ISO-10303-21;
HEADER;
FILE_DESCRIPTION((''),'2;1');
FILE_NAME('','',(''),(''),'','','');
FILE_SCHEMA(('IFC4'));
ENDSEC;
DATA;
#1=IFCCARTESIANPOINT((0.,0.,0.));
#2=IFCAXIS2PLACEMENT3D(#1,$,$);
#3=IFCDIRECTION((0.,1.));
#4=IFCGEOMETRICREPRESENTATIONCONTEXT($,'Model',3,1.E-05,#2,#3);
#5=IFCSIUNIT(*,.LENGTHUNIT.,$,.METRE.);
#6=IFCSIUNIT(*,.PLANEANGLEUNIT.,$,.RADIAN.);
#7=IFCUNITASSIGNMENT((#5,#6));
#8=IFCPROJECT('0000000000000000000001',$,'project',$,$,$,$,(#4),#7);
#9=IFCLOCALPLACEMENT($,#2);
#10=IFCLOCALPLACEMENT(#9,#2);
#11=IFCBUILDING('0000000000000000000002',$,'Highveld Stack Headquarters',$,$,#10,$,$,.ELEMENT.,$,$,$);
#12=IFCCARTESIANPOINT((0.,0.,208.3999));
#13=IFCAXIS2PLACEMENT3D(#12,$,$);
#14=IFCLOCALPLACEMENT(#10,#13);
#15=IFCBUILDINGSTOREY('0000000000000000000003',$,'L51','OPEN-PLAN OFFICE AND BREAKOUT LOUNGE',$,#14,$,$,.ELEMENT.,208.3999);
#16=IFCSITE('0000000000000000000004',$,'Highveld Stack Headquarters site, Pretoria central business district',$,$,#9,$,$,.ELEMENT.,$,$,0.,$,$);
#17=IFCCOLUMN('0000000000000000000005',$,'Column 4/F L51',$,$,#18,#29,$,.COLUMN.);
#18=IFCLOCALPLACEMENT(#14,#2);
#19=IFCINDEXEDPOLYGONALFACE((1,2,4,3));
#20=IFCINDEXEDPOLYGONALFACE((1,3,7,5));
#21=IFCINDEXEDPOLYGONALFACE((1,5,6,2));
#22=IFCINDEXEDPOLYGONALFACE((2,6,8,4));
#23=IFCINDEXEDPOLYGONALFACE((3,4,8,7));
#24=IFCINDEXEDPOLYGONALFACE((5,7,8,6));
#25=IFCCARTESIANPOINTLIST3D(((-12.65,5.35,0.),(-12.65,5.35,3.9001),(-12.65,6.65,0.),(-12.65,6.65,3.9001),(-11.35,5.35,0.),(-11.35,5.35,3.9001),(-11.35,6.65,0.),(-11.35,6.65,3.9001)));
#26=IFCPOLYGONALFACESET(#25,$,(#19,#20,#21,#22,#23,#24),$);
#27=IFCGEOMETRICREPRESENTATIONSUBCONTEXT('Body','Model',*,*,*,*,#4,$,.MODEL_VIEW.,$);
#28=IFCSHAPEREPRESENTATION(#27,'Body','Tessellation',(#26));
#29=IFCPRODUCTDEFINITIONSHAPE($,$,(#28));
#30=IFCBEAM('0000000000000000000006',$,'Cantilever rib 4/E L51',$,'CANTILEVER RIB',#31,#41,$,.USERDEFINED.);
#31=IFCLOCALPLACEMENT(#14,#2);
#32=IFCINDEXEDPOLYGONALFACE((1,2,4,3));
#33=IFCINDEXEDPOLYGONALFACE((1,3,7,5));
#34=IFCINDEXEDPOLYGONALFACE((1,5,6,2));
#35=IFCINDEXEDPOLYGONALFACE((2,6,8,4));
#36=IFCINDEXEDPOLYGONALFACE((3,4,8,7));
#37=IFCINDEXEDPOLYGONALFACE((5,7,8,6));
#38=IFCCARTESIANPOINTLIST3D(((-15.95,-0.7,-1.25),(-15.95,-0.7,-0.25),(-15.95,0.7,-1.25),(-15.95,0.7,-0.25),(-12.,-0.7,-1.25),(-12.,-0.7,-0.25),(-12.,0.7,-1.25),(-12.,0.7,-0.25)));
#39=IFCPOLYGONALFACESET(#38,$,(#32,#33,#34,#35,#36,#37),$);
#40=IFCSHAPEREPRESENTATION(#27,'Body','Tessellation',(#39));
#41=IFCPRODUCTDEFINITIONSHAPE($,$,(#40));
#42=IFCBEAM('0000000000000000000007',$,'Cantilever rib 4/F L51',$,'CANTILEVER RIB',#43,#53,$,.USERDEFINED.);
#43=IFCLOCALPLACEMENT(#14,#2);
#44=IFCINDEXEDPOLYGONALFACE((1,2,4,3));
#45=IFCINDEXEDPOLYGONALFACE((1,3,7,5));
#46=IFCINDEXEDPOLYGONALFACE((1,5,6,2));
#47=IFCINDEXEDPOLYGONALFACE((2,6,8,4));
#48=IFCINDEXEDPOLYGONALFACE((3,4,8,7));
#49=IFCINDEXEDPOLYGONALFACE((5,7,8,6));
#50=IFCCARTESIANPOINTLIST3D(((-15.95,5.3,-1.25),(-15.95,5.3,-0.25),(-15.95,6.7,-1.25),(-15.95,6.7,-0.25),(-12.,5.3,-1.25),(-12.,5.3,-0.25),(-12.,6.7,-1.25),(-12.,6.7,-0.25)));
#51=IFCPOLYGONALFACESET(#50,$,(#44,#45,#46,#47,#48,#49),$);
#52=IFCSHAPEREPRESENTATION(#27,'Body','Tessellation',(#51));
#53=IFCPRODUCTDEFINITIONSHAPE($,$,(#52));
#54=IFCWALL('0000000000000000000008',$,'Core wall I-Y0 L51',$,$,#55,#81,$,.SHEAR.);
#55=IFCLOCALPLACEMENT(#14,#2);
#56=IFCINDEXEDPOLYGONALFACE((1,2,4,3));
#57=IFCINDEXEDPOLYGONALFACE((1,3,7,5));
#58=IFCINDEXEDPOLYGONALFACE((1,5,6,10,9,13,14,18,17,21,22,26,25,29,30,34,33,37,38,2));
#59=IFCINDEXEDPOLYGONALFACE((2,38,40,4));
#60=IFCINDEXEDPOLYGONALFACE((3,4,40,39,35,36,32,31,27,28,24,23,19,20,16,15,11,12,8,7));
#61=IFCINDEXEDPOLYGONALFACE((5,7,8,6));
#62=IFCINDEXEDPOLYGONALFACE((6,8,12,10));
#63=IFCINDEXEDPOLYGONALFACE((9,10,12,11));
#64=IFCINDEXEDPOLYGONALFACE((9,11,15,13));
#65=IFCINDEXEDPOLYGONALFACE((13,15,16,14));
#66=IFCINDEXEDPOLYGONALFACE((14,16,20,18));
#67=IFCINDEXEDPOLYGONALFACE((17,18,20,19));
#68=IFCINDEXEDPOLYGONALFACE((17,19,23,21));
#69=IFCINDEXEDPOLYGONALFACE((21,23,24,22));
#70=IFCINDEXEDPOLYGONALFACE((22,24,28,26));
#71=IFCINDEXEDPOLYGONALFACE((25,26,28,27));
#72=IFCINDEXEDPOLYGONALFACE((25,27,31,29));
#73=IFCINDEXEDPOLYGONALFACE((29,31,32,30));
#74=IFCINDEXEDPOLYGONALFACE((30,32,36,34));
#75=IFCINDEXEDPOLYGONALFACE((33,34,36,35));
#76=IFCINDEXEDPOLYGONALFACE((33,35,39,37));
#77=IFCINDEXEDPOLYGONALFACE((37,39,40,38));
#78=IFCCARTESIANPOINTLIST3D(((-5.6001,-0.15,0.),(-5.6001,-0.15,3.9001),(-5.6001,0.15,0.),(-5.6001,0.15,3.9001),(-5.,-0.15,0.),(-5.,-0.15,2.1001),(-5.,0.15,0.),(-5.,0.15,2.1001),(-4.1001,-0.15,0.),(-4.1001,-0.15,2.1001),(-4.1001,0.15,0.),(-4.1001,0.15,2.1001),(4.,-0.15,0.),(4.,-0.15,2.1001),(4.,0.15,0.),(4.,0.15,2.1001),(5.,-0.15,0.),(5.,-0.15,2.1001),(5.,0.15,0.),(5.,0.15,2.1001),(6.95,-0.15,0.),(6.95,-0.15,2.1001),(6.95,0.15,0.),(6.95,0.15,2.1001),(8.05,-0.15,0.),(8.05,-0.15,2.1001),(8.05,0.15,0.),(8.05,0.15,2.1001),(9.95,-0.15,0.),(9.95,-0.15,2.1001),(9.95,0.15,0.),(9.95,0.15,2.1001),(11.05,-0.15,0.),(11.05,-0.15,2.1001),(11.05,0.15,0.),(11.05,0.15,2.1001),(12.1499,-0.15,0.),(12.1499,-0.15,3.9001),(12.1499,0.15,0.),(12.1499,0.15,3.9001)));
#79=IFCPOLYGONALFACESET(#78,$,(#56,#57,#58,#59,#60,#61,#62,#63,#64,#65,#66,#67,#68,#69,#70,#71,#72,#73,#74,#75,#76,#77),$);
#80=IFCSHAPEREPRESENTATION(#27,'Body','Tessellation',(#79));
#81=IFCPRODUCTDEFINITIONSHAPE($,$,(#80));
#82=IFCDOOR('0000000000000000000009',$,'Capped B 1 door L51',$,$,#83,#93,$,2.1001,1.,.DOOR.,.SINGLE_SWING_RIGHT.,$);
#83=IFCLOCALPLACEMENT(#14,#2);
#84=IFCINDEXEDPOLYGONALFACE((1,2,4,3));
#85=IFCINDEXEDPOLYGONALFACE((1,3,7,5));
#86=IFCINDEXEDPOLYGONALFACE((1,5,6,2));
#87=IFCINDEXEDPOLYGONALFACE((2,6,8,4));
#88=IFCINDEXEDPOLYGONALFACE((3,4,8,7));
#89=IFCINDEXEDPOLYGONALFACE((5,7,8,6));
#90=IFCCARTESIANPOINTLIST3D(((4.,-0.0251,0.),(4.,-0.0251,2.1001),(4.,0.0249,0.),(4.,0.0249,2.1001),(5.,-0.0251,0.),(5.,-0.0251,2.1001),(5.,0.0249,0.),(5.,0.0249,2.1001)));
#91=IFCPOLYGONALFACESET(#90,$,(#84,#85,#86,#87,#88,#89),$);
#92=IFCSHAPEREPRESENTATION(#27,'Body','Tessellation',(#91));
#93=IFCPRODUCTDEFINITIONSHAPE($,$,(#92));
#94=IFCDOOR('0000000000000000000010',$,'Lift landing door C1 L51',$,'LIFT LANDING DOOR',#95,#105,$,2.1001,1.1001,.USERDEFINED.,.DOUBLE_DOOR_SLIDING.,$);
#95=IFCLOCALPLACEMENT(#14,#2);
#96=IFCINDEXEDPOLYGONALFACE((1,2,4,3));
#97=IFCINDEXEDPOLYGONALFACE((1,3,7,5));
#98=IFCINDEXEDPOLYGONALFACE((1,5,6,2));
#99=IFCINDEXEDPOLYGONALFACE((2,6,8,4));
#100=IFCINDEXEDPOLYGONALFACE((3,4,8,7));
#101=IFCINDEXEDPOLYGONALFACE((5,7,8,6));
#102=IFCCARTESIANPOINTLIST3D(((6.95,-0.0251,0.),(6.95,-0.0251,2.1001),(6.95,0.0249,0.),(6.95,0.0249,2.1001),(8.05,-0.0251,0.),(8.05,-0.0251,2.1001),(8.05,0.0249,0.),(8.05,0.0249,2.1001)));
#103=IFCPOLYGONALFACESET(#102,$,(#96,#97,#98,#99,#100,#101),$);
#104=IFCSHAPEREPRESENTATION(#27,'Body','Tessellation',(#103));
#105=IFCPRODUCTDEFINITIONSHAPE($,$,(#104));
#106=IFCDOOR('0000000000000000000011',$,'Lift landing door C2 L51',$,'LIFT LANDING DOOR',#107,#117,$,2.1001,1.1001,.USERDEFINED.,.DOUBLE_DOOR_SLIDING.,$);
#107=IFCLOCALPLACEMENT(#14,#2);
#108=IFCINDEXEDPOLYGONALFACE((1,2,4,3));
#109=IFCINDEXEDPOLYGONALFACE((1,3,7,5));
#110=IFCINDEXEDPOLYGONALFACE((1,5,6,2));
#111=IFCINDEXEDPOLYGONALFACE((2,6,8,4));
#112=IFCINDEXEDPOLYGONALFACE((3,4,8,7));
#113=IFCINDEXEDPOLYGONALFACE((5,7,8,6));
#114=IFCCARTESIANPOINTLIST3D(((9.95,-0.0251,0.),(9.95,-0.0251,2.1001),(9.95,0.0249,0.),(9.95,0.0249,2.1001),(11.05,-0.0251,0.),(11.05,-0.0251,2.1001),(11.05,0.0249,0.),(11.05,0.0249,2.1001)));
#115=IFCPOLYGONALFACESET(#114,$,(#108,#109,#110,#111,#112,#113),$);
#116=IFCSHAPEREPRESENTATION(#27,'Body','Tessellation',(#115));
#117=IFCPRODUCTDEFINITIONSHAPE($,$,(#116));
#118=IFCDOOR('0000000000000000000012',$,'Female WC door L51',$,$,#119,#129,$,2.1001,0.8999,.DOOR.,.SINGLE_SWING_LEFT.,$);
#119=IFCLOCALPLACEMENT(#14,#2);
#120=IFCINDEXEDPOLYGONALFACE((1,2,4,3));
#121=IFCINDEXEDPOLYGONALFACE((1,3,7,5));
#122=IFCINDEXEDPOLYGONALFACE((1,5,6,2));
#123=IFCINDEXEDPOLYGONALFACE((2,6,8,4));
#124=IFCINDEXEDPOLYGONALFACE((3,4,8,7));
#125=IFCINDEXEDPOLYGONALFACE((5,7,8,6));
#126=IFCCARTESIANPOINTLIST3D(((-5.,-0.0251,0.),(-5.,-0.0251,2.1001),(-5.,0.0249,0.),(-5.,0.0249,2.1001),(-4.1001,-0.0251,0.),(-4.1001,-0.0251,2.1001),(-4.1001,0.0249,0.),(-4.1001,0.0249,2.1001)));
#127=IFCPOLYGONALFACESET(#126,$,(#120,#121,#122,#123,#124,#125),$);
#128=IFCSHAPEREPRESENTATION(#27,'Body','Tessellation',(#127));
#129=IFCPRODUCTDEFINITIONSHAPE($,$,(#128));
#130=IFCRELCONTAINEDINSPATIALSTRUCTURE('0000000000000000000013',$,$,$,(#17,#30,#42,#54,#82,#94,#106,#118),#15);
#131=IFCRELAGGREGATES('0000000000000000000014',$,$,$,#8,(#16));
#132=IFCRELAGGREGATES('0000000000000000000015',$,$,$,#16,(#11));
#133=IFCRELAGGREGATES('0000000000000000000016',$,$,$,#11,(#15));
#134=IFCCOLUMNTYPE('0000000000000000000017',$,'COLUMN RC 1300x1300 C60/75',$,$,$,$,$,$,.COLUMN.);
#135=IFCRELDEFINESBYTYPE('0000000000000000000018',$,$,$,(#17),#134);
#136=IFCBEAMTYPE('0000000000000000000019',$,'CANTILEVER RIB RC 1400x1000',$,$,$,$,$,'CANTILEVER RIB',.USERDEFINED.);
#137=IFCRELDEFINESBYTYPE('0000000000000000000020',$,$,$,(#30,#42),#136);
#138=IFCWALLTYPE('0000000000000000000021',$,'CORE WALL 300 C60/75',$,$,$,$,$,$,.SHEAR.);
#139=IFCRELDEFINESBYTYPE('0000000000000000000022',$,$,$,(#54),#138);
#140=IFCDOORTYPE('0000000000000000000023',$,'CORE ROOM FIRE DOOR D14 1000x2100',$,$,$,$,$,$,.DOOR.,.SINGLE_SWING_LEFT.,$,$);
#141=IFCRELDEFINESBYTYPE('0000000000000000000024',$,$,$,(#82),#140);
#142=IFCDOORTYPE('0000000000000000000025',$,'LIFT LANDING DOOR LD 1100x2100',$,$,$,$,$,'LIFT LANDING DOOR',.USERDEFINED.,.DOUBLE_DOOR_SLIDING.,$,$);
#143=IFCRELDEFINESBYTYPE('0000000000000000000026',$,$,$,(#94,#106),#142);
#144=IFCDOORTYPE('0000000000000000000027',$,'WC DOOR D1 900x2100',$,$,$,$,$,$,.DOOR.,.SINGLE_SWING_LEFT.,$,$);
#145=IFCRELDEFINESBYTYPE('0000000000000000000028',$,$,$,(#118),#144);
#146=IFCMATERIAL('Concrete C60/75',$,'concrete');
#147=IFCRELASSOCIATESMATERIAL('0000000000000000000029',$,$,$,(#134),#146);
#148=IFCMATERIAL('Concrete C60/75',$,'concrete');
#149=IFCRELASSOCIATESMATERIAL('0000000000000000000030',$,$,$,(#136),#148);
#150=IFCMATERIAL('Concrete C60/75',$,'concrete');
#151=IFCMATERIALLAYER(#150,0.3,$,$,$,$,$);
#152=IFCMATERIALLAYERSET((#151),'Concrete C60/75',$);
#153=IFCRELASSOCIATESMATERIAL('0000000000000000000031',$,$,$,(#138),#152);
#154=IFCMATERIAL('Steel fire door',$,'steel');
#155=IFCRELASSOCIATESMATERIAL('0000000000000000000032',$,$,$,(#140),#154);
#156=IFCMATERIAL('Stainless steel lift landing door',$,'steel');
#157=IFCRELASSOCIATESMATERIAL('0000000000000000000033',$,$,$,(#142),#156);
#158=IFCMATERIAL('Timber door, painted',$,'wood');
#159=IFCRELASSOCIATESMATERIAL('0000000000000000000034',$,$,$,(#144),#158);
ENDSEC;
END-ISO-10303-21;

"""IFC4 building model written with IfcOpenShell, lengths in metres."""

from ifc_helpers import new_model, si_unit, direction, frame, frame_2d, origin, origin_2d, place, context, subcontext, project, spatial, rectangle, extrude, material, layer, layer_set, material_profile, profile_set, type_object, element, fill, save


model = new_model("IFC4")

# Units and contexts
model_context = context("Model", 3, precision=1e-05, world=origin(), true_north=direction((0.0, 1.0)))
body_context = subcontext(model_context, "Body", "Model", "MODEL_VIEW")
ifc_project = project(units=[si_unit("LENGTHUNIT", "METRE"), si_unit("PLANEANGLEUNIT", "RADIAN")], contexts=[model_context])

# Site, building, storey
site_placement = place(None, origin())
site = spatial("IfcSite", under=ifc_project, at=site_placement, Name="Highveld Stack Headquarters site, Pretoria central business district", CompositionType="ELEMENT", RefElevation=0.0)
building_placement = place(site_placement, origin())
building = spatial("IfcBuilding", under=site, at=building_placement, Name="Highveld Stack Headquarters", CompositionType="ELEMENT")
storey_placement = place(building_placement, frame((0.0, 0.0, 208.3999)))
storey = spatial("IfcBuildingStorey", under=building, at=storey_placement, Name="L51", Description="OPEN-PLAN OFFICE AND BREAKOUT LOUNGE", CompositionType="ELEMENT", Elevation=208.3999)

# Column
ifc_material_1 = material(Name="Concrete C60/75", Category="concrete")
ifc_material_profile_1 = material_profile(ifc_material_1, rectangle(XDim=1.3, YDim=1.3, at=origin_2d()), Name="RC 1300x1300")
ifc_profile_set_1 = profile_set([ifc_material_profile_1], Name="Concrete C60/75")
column_type = type_object("IfcColumnType", Name="COLUMN RC 1300x1300 C60/75", PredefinedType="COLUMN", material=ifc_profile_set_1)
column_placement = place(storey_placement, frame((-12.0, 6.0, 0.0), z_axis=(0.0, 0.0, 1.0), x_axis=(1.0, 0.0, 0.0)))
element("IfcColumn", 1, at=column_placement, inside=storey, type_object=column_type, Name="Column 4/F L51", PredefinedType="COLUMN", context=body_context, shape_type="SweptSolid", body=[
    extrude(rectangle(XDim=1.3, YDim=1.3, at=origin_2d()), origin(), (0.0, 0.0, 1.0), 3.9001),
])

# Beams
ifc_material_2 = material(Name="Concrete C60/75", Category="concrete")
ifc_material_profile_2 = material_profile(ifc_material_2, rectangle(XDim=1.3999, YDim=1.0, at=origin_2d()), Name="RC 1400x1000")
ifc_profile_set_2 = profile_set([ifc_material_profile_2], Name="Concrete C60/75")
beam_type = type_object("IfcBeamType", Name="CANTILEVER RIB RC 1400x1000", ElementType="CANTILEVER RIB", PredefinedType="USERDEFINED", material=ifc_profile_set_2)
for number, where, z_axis, x_axis, name in (
    (2, (-12.0, 0.0, -0.75), (-1.0, 0.0, 0.0), (0.0, -1.0, 0.0), "Cantilever rib 4/E L51"),
    (3, (-12.0, 6.0, -0.75), (-1.0, 0.0, 0.0), (0.0, -1.0, 0.0), "Cantilever rib 4/F L51"),
):
    element("IfcBeam", number, at=place(storey_placement, frame(where, z_axis=z_axis, x_axis=x_axis)), inside=storey, type_object=beam_type, Name=name, ObjectType="CANTILEVER RIB", PredefinedType="USERDEFINED", context=body_context, shape_type="SweptSolid", body=[
        extrude(rectangle(XDim=1.3999, YDim=1.0, at=origin_2d()), origin(), (0.0, 0.0, 1.0), 3.95),
    ])

# Wall, openings, doors
ifc_material_3 = material(Name="Concrete C60/75", Category="concrete")
ifc_layer_1 = layer(ifc_material_3, 0.3)
ifc_layer_set_1 = layer_set([ifc_layer_1], Name="Concrete C60/75")
wall_type_1 = type_object("IfcWallType", Name="CORE WALL 300 C60/75", PredefinedType="SHEAR", material=ifc_layer_set_1)
wall_1_placement = place(storey_placement, frame((-5.6001, 0.0, 0.0), z_axis=(0.0, 0.0, 1.0), x_axis=(1.0, 0.0, 0.0)))
wall_1 = element("IfcWall", 4, at=wall_1_placement, inside=storey, type_object=wall_type_1, Name="Core wall I-Y0 L51", PredefinedType="SHEAR", context=body_context, shape_type="SweptSolid", body=[
    extrude(rectangle(XDim=17.75, YDim=0.3, at=frame_2d((8.875, 0.0))), origin(), (0.0, 0.0, 1.0), 3.9001),
])
opening_1_placement = place(wall_1_placement, frame((0.6001, 0.0, 0.0)))
opening_1 = element("IfcOpeningElement", 5, at=opening_1_placement, cuts=wall_1, PredefinedType="OPENING", context=body_context, shape_type="SweptSolid", body=[
    extrude(rectangle(XDim=0.8999, YDim=2.1001, at=frame_2d((0.45, 1.05))), frame((0.0, 0.1599, 0.0), z_axis=(0.0, -1.0, 0.0), x_axis=(1.0, 0.0, 0.0)), (0.0, 0.0, 1.0), 0.3201),
])
opening_2_placement = place(wall_1_placement, frame((9.6001, 0.0, 0.0)))
opening_2 = element("IfcOpeningElement", 6, at=opening_2_placement, cuts=wall_1, PredefinedType="OPENING", context=body_context, shape_type="SweptSolid", body=[
    extrude(rectangle(XDim=1.0, YDim=2.1001, at=frame_2d((0.5, 1.05))), frame((0.0, 0.1599, 0.0), z_axis=(0.0, -1.0, 0.0), x_axis=(1.0, 0.0, 0.0)), (0.0, 0.0, 1.0), 0.3201),
])
opening_3_placement = place(wall_1_placement, frame((12.55, 0.0, 0.0)))
opening_3 = element("IfcOpeningElement", 7, at=opening_3_placement, cuts=wall_1, PredefinedType="OPENING", context=body_context, shape_type="SweptSolid", body=[
    extrude(rectangle(XDim=1.1001, YDim=2.1001, at=frame_2d((0.55, 1.05))), frame((0.0, 0.1599, 0.0), z_axis=(0.0, -1.0, 0.0), x_axis=(1.0, 0.0, 0.0)), (0.0, 0.0, 1.0), 0.3201),
])
opening_4_placement = place(wall_1_placement, frame((15.55, 0.0, 0.0)))
opening_4 = element("IfcOpeningElement", 8, at=opening_4_placement, cuts=wall_1, PredefinedType="OPENING", context=body_context, shape_type="SweptSolid", body=[
    extrude(rectangle(XDim=1.1001, YDim=2.1001, at=frame_2d((0.55, 1.05))), frame((0.0, 0.1599, 0.0), z_axis=(0.0, -1.0, 0.0), x_axis=(1.0, 0.0, 0.0)), (0.0, 0.0, 1.0), 0.3201),
])
ifc_material_4 = material(Name="Steel fire door", Category="steel")
door_type_1 = type_object("IfcDoorType", Name="CORE ROOM FIRE DOOR D14 1000x2100", OperationType="SINGLE_SWING_LEFT", PredefinedType="DOOR", material=ifc_material_4)
door_1_placement = place(opening_2_placement, origin())
door_1 = element("IfcDoor", 9, at=door_1_placement, inside=storey, type_object=door_type_1, Name="Capped B 1 door L51", OperationType="SINGLE_SWING_RIGHT", OverallHeight=2.1001, OverallWidth=1.0, PredefinedType="DOOR", context=body_context, shape_type="SweptSolid", body=[
    extrude(rectangle(XDim=1.0, YDim=2.1001, at=frame_2d((0.5, 1.05))), frame((0.0, 0.0249, 0.0), z_axis=(0.0, -1.0, 0.0), x_axis=(1.0, 0.0, 0.0)), (0.0, 0.0, 1.0), 0.05),
])
fill(opening_2, door_1)
ifc_material_5 = material(Name="Stainless steel lift landing door", Category="steel")
door_type_2 = type_object("IfcDoorType", Name="LIFT LANDING DOOR LD 1100x2100", ElementType="LIFT LANDING DOOR", OperationType="DOUBLE_DOOR_SLIDING", PredefinedType="USERDEFINED", material=ifc_material_5)
door_2_placement = place(opening_3_placement, origin())
door_2 = element("IfcDoor", 10, at=door_2_placement, inside=storey, type_object=door_type_2, Name="Lift landing door C1 L51", ObjectType="LIFT LANDING DOOR", OperationType="DOUBLE_DOOR_SLIDING", OverallHeight=2.1001, OverallWidth=1.1001, PredefinedType="USERDEFINED", context=body_context, shape_type="SweptSolid", body=[
    extrude(rectangle(XDim=1.1001, YDim=2.1001, at=frame_2d((0.55, 1.05))), frame((0.0, 0.0249, 0.0), z_axis=(0.0, -1.0, 0.0), x_axis=(1.0, 0.0, 0.0)), (0.0, 0.0, 1.0), 0.05),
])
fill(opening_3, door_2)
door_3_placement = place(opening_4_placement, origin())
door_3 = element("IfcDoor", 11, at=door_3_placement, inside=storey, type_object=door_type_2, Name="Lift landing door C2 L51", ObjectType="LIFT LANDING DOOR", OperationType="DOUBLE_DOOR_SLIDING", OverallHeight=2.1001, OverallWidth=1.1001, PredefinedType="USERDEFINED", context=body_context, shape_type="SweptSolid", body=[
    extrude(rectangle(XDim=1.1001, YDim=2.1001, at=frame_2d((0.55, 1.05))), frame((0.0, 0.0249, 0.0), z_axis=(0.0, -1.0, 0.0), x_axis=(1.0, 0.0, 0.0)), (0.0, 0.0, 1.0), 0.05),
])
fill(opening_4, door_3)
ifc_material_6 = material(Name="Timber door, painted", Category="wood")
door_type_3 = type_object("IfcDoorType", Name="WC DOOR D1 900x2100", OperationType="SINGLE_SWING_LEFT", PredefinedType="DOOR", material=ifc_material_6)
door_4_placement = place(opening_1_placement, origin())
door_4 = element("IfcDoor", 12, at=door_4_placement, inside=storey, type_object=door_type_3, Name="Female WC door L51", OperationType="SINGLE_SWING_LEFT", OverallHeight=2.1001, OverallWidth=0.8999, PredefinedType="DOOR", context=body_context, shape_type="SweptSolid", body=[
    extrude(rectangle(XDim=0.8999, YDim=2.1001, at=frame_2d((0.45, 1.05))), frame((0.0, 0.0249, 0.0), z_axis=(0.0, -1.0, 0.0), x_axis=(1.0, 0.0, 0.0)), (0.0, 0.0, 1.0), 0.05),
])
fill(opening_1, door_4)

save(model, "model.ifc")
